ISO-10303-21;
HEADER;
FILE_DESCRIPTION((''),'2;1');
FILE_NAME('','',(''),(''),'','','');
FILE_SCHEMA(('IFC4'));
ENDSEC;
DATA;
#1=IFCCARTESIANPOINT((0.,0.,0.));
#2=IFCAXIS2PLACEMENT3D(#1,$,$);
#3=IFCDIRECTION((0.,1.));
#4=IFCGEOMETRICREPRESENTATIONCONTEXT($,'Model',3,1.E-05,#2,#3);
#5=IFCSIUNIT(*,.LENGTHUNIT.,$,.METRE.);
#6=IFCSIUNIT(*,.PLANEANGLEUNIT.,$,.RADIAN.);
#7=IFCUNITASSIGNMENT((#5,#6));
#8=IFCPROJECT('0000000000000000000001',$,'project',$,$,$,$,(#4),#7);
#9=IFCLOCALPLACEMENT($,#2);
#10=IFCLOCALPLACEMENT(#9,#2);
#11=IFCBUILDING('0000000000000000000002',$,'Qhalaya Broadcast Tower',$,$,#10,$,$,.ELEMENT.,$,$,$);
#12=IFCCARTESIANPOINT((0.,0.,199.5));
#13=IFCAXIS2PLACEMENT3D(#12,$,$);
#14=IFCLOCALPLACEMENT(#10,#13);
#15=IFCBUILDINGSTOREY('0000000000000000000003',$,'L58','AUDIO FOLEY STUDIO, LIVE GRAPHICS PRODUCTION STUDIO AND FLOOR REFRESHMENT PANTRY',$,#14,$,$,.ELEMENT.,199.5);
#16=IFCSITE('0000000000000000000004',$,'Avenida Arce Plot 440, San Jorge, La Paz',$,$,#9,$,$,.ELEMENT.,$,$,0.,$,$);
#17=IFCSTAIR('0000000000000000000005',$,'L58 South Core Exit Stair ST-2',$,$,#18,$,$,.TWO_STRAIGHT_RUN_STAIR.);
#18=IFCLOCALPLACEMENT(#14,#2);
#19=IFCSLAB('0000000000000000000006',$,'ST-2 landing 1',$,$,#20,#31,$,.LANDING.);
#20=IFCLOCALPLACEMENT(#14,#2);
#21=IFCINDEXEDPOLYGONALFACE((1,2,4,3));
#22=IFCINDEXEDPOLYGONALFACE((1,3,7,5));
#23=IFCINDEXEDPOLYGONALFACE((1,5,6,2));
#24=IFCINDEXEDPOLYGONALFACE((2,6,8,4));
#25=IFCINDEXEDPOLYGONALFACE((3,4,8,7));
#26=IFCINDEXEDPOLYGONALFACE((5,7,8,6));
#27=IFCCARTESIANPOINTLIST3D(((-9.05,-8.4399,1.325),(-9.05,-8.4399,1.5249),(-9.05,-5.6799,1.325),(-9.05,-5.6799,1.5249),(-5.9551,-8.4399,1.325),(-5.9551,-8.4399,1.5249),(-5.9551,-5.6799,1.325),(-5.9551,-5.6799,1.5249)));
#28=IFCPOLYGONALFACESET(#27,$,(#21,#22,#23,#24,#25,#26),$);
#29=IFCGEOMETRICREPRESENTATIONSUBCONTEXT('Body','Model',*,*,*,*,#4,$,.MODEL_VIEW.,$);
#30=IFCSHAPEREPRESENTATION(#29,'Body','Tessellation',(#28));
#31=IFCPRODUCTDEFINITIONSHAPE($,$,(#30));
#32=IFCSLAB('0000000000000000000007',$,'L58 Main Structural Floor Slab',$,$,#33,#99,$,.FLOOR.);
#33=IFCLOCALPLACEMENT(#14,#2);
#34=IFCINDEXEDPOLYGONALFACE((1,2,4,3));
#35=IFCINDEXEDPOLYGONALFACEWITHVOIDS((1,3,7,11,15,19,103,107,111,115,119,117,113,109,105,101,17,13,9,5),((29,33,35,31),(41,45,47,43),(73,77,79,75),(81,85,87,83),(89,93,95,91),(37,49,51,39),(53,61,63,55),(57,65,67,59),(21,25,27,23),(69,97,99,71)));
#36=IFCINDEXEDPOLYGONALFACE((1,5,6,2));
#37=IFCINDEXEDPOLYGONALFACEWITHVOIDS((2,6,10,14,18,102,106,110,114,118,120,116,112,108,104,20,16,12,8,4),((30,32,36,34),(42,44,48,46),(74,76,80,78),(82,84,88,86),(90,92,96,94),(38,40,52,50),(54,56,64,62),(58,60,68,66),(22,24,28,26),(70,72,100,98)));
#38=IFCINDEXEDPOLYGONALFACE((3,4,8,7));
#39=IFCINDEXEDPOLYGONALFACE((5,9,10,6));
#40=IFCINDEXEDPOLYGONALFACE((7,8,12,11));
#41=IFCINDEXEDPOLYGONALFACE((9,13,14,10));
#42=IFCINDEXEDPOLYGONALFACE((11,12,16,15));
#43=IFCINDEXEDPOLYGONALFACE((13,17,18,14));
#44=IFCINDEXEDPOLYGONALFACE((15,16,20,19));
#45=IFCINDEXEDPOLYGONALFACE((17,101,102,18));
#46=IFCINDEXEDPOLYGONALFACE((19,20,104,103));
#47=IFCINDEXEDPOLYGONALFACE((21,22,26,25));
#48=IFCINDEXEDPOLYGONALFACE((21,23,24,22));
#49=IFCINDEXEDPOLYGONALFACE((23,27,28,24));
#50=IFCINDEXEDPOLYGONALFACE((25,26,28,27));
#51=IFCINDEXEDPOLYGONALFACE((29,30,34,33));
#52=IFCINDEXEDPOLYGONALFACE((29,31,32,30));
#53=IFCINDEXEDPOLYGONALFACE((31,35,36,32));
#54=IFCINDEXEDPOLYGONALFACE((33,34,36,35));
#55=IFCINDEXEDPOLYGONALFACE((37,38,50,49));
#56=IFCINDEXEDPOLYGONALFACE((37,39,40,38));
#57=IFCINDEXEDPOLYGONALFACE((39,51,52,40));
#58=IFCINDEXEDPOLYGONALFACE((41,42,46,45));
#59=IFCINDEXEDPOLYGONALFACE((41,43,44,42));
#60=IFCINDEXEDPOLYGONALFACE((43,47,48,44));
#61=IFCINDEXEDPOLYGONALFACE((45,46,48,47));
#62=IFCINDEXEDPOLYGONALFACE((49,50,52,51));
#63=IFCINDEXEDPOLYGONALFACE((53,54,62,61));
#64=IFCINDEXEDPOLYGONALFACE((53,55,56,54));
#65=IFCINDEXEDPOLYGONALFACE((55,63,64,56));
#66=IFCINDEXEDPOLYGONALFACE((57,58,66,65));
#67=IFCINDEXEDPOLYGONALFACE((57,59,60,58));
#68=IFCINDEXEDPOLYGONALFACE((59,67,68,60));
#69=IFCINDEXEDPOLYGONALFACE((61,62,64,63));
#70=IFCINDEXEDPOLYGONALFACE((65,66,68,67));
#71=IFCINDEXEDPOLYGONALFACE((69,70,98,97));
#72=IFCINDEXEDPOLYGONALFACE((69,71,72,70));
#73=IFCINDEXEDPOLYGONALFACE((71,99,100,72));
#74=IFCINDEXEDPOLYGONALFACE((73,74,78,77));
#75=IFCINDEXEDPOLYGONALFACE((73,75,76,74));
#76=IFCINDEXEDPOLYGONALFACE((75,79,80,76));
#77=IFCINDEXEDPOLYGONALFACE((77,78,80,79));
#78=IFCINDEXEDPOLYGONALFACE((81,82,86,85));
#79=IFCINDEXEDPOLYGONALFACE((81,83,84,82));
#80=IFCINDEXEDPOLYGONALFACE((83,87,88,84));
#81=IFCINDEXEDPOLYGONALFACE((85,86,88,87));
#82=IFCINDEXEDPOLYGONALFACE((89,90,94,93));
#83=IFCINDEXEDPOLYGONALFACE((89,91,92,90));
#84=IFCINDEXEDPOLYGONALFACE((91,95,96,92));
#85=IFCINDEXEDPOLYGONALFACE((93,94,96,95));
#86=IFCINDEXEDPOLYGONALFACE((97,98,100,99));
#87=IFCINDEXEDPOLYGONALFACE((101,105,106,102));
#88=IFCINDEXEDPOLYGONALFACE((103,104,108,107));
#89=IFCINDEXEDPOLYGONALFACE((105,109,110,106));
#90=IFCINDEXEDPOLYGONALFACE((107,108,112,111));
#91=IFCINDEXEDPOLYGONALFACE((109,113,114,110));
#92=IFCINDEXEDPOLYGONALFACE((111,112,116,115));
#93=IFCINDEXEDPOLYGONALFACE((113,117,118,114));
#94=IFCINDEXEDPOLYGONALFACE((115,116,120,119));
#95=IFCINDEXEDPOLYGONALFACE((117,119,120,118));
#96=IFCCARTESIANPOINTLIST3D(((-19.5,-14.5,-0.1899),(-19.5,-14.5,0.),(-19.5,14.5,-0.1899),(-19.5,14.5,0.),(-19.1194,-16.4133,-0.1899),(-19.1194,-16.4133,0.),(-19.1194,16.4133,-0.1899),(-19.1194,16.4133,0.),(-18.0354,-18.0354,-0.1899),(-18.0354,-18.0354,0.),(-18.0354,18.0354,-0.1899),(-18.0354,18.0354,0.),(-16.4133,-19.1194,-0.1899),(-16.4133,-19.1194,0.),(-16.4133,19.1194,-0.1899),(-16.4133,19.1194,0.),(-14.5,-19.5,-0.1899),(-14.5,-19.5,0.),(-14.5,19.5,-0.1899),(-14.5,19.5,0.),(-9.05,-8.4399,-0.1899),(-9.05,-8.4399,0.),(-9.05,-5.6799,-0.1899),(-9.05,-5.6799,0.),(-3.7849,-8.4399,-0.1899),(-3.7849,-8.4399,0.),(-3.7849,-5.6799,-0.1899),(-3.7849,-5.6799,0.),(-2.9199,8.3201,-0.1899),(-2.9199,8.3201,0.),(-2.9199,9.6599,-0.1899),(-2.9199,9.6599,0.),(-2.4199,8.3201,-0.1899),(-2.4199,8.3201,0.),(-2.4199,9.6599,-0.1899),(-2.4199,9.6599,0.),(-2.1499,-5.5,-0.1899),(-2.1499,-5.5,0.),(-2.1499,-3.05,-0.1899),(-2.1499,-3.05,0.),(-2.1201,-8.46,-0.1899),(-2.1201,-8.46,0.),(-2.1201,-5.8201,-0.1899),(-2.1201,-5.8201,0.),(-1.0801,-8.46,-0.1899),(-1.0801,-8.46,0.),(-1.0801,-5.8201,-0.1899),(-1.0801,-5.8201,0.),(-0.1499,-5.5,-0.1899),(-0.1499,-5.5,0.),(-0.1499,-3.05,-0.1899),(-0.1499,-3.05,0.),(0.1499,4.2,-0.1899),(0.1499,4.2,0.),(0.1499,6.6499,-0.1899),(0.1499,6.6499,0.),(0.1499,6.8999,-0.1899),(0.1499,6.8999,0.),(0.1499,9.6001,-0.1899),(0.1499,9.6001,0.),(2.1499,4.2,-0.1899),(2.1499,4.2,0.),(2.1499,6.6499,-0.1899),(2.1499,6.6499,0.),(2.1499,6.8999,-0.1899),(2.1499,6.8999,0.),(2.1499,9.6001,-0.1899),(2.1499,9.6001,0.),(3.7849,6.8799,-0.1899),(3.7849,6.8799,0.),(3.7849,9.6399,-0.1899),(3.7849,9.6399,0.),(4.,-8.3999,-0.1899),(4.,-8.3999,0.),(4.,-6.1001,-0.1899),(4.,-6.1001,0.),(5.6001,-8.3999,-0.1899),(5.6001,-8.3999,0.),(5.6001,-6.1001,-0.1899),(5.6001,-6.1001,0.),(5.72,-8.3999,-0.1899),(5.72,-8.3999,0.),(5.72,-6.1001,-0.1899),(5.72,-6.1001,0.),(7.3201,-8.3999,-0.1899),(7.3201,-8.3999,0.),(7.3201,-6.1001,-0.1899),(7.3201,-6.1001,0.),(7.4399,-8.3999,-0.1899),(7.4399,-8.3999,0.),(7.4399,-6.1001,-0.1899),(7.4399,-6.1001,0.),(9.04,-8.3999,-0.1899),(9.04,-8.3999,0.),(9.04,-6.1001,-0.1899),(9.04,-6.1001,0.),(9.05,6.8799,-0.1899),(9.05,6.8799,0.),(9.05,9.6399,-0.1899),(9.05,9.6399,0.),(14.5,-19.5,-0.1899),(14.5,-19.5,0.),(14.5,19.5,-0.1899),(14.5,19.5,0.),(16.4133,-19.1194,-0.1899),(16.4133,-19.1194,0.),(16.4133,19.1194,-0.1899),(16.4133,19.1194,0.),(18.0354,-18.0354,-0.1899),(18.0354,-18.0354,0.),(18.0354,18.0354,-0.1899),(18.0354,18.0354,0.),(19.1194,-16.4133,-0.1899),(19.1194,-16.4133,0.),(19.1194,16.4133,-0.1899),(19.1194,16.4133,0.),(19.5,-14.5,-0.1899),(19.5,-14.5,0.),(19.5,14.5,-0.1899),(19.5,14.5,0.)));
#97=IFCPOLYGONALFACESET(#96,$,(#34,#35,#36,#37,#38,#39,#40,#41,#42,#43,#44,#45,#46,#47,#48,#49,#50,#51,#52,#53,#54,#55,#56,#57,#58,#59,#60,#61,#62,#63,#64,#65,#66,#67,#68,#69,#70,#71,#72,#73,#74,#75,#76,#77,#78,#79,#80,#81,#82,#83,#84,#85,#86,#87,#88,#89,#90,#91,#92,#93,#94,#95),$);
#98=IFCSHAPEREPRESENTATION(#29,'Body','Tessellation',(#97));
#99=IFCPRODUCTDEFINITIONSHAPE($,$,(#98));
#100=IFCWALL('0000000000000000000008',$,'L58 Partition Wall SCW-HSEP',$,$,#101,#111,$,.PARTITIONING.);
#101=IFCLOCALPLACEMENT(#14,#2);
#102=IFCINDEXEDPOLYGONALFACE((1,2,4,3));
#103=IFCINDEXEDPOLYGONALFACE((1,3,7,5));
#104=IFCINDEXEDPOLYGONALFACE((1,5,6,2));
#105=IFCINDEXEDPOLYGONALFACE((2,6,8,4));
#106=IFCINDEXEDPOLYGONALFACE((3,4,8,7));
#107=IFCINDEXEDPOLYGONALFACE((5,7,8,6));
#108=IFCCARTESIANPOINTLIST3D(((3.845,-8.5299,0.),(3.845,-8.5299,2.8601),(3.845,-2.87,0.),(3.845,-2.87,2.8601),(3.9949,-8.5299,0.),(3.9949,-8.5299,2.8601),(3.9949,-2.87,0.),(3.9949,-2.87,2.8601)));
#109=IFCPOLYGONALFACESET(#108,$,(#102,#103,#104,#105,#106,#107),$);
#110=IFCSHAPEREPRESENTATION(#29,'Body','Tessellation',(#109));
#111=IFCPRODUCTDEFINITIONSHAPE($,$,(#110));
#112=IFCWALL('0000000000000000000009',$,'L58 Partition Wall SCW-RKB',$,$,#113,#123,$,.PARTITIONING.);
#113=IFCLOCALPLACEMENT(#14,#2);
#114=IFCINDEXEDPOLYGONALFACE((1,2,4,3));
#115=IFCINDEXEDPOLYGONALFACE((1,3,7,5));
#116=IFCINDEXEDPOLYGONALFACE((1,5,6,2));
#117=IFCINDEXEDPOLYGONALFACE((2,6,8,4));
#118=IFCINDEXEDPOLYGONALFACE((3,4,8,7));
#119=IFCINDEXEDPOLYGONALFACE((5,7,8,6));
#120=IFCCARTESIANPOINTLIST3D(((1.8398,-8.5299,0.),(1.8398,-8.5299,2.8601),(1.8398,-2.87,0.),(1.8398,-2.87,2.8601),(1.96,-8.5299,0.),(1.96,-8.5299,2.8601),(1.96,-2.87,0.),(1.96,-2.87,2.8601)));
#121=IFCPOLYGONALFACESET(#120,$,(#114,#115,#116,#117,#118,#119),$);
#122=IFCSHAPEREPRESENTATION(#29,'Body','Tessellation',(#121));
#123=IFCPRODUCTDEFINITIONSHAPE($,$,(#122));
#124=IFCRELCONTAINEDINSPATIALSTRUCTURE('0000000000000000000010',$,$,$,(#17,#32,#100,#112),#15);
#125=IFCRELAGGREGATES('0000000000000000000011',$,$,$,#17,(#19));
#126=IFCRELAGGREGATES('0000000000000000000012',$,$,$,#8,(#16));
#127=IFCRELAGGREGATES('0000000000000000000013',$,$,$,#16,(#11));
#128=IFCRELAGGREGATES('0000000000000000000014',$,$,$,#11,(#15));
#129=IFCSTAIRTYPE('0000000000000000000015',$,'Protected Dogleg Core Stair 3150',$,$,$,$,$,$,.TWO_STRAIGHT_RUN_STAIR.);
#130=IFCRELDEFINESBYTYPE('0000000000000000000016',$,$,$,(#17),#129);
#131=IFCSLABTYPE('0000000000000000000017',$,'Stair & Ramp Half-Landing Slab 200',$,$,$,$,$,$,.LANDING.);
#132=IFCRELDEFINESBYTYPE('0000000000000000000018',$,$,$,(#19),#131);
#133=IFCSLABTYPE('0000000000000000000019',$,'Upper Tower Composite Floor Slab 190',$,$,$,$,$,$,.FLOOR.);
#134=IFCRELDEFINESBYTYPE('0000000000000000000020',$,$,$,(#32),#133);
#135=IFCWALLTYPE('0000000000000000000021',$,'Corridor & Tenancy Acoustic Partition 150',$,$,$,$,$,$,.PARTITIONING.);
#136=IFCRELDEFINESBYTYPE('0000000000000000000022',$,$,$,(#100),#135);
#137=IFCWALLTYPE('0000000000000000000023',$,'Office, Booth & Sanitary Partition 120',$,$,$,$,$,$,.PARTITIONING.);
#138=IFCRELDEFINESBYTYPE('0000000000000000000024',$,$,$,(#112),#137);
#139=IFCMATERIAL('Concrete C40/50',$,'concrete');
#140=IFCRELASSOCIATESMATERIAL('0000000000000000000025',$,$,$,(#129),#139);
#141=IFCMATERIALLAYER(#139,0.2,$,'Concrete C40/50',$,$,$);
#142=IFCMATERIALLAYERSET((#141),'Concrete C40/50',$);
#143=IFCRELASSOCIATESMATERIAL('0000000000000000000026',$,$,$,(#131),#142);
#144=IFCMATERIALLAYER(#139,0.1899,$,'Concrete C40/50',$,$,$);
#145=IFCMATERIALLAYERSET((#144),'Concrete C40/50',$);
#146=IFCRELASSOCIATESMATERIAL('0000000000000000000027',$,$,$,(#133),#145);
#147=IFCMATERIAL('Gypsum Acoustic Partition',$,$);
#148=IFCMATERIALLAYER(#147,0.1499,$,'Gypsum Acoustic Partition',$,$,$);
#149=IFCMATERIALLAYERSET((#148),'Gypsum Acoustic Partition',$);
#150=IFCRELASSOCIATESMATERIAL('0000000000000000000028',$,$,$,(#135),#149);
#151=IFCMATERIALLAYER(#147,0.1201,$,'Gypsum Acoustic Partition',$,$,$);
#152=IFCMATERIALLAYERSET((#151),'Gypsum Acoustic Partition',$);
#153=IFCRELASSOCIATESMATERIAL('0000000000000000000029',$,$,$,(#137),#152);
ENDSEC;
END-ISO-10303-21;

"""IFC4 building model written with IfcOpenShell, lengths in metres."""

from ifc_helpers import new_model, si_unit, direction, frame, frame_2d, origin, place, context, subcontext, project, spatial, polyline, rectangle, outline, extrude, material, layer, layer_set, type_object, element, aggregate, save


model = new_model("IFC4")

# Units and contexts
model_context = context("Model", 3, precision=1e-05, world=origin(), true_north=direction((0.0, 1.0)))
body_context = subcontext(model_context, "Body", "Model", "MODEL_VIEW")
ifc_project = project(units=[si_unit("LENGTHUNIT", "METRE"), si_unit("PLANEANGLEUNIT", "RADIAN")], contexts=[model_context])

# Site, building, storey
site_placement = place(None, origin())
site = spatial("IfcSite", under=ifc_project, at=site_placement, Name="Avenida Arce Plot 440, San Jorge, La Paz", CompositionType="ELEMENT", RefElevation=0.0)
building_placement = place(site_placement, origin())
building = spatial("IfcBuilding", under=site, at=building_placement, Name="Qhalaya Broadcast Tower", CompositionType="ELEMENT")
storey_placement = place(building_placement, frame((0.0, 0.0, 199.5)))
storey = spatial("IfcBuildingStorey", under=building, at=storey_placement, Name="L58", Description="AUDIO FOLEY STUDIO, LIVE GRAPHICS PRODUCTION STUDIO AND FLOOR REFRESHMENT PANTRY", CompositionType="ELEMENT", Elevation=199.5)

# Stair, slab
ifc_material_1 = material(Name="Concrete C40/50", Category="concrete")
stair_type = type_object("IfcStairType", Name="Protected Dogleg Core Stair 3150", PredefinedType="TWO_STRAIGHT_RUN_STAIR", material=ifc_material_1)
ifc_layer_1 = layer(ifc_material_1, 0.2, Name="Concrete C40/50")
ifc_layer_set_1 = layer_set([ifc_layer_1], Name="Concrete C40/50")
slab_type_1 = type_object("IfcSlabType", Name="Stair & Ramp Half-Landing Slab 200", PredefinedType="LANDING", material=ifc_layer_set_1)
stair_1_placement = place(storey_placement, origin())
stair_1 = element("IfcStair", 1, at=stair_1_placement, inside=storey, type_object=stair_type, Name="L58 South Core Exit Stair ST-2", PredefinedType="TWO_STRAIGHT_RUN_STAIR")
slab_1_placement = place(storey_placement, frame((0.0, 0.0, 1.325)))
slab_1 = element("IfcSlab", 2, at=slab_1_placement, type_object=slab_type_1, Name="ST-2 landing 1", PredefinedType="LANDING", context=body_context, shape_type="SweptSolid", body=[
    extrude(outline(polyline([(-5.9551, -5.6799), (-9.05, -5.6799), (-9.05, -8.4399), (-5.9551, -8.4399), (-5.9551, -5.6799)])), origin(), (0.0, 0.0, 1.0), 0.2),
])
aggregate(stair_1, [slab_1])

# Slab
ifc_layer_2 = layer(ifc_material_1, 0.1899, Name="Concrete C40/50")
ifc_layer_set_2 = layer_set([ifc_layer_2], Name="Concrete C40/50")
slab_type_2 = type_object("IfcSlabType", Name="Upper Tower Composite Floor Slab 190", PredefinedType="FLOOR", material=ifc_layer_set_2)
slab_2_placement = place(storey_placement, frame((0.0, 0.0, -0.1899)))
element("IfcSlab", 3, at=slab_2_placement, inside=storey, type_object=slab_type_2, Name="L58 Main Structural Floor Slab", PredefinedType="FLOOR", context=body_context, shape_type="SweptSolid", body=[
    extrude(outline(polyline([(14.5, -19.5), (16.4133, -19.1194), (18.0354, -18.0354), (19.1194, -16.4133), (19.5, -14.5), (19.5, 14.5), (19.1194, 16.4133), (18.0354, 18.0354), (16.4133, 19.1194), (14.5, 19.5), (-14.5, 19.5), (-16.4133, 19.1194), (-18.0354, 18.0354), (-19.1194, 16.4133), (-19.5, 14.5), (-19.5, -14.5), (-19.1194, -16.4133), (-18.0354, -18.0354), (-16.4133, -19.1194), (-14.5, -19.5), (14.5, -19.5)]), holes=[polyline([(3.7849, 9.6399), (9.05, 9.6399), (9.05, 6.8799), (3.7849, 6.8799), (3.7849, 9.6399)]), polyline([(-3.7849, -8.4399), (-9.05, -8.4399), (-9.05, -5.6799), (-3.7849, -5.6799), (-3.7849, -8.4399)]), polyline([(0.1499, 6.6499), (2.1499, 6.6499), (2.1499, 4.2), (0.1499, 4.2), (0.1499, 6.6499)]), polyline([(0.1499, 9.6001), (2.1499, 9.6001), (2.1499, 6.8999), (0.1499, 6.8999), (0.1499, 9.6001)]), polyline([(-2.1499, -3.05), (-0.1499, -3.05), (-0.1499, -5.5), (-2.1499, -5.5), (-2.1499, -3.05)]), polyline([(4.0, -6.1001), (5.6001, -6.1001), (5.6001, -8.3999), (4.0, -8.3999), (4.0, -6.1001)]), polyline([(5.72, -6.1001), (7.3201, -6.1001), (7.3201, -8.3999), (5.72, -8.3999), (5.72, -6.1001)]), polyline([(7.4399, -6.1001), (9.04, -6.1001), (9.04, -8.3999), (7.4399, -8.3999), (7.4399, -6.1001)]), polyline([(-2.9199, 9.6599), (-2.4199, 9.6599), (-2.4199, 8.3201), (-2.9199, 8.3201), (-2.9199, 9.6599)]), polyline([(-2.1201, -5.8201), (-1.0801, -5.8201), (-1.0801, -8.46), (-2.1201, -8.46), (-2.1201, -5.8201)])]), origin(), (0.0, 0.0, 1.0), 0.1899),
])

# Walls
ifc_material_2 = material(Name="Gypsum Acoustic Partition")
ifc_layer_3 = layer(ifc_material_2, 0.1499, Name="Gypsum Acoustic Partition")
ifc_layer_set_3 = layer_set([ifc_layer_3], Name="Gypsum Acoustic Partition")
wall_type_1 = type_object("IfcWallType", Name="Corridor & Tenancy Acoustic Partition 150", PredefinedType="PARTITIONING", material=ifc_layer_set_3)
wall_1_placement = place(storey_placement, frame((3.9199, -8.53, 0.0), z_axis=(0.0, 0.0, 1.0), x_axis=(0.0, 1.0, 0.0)))
element("IfcWall", 4, at=wall_1_placement, inside=storey, type_object=wall_type_1, Name="L58 Partition Wall SCW-HSEP", PredefinedType="PARTITIONING", context=body_context, shape_type="SweptSolid", body=[
    extrude(rectangle(XDim=5.6599, YDim=0.1499, at=frame_2d((2.8301, 0.0))), origin(), (0.0, 0.0, 1.0), 2.8601),
])
ifc_layer_4 = layer(ifc_material_2, 0.1201, Name="Gypsum Acoustic Partition")
ifc_layer_set_4 = layer_set([ifc_layer_4], Name="Gypsum Acoustic Partition")
wall_type_2 = type_object("IfcWallType", Name="Office, Booth & Sanitary Partition 120", PredefinedType="PARTITIONING", material=ifc_layer_set_4)
wall_2_placement = place(storey_placement, frame((1.8999, -8.53, 0.0), z_axis=(0.0, 0.0, 1.0), x_axis=(0.0, 1.0, 0.0)))
element("IfcWall", 5, at=wall_2_placement, inside=storey, type_object=wall_type_2, Name="L58 Partition Wall SCW-RKB", PredefinedType="PARTITIONING", context=body_context, shape_type="SweptSolid", body=[
    extrude(rectangle(XDim=5.6599, YDim=0.1201, at=frame_2d((2.8301, 0.0))), origin(), (0.0, 0.0, 1.0), 2.8601),
])

save(model, "model.ifc")
